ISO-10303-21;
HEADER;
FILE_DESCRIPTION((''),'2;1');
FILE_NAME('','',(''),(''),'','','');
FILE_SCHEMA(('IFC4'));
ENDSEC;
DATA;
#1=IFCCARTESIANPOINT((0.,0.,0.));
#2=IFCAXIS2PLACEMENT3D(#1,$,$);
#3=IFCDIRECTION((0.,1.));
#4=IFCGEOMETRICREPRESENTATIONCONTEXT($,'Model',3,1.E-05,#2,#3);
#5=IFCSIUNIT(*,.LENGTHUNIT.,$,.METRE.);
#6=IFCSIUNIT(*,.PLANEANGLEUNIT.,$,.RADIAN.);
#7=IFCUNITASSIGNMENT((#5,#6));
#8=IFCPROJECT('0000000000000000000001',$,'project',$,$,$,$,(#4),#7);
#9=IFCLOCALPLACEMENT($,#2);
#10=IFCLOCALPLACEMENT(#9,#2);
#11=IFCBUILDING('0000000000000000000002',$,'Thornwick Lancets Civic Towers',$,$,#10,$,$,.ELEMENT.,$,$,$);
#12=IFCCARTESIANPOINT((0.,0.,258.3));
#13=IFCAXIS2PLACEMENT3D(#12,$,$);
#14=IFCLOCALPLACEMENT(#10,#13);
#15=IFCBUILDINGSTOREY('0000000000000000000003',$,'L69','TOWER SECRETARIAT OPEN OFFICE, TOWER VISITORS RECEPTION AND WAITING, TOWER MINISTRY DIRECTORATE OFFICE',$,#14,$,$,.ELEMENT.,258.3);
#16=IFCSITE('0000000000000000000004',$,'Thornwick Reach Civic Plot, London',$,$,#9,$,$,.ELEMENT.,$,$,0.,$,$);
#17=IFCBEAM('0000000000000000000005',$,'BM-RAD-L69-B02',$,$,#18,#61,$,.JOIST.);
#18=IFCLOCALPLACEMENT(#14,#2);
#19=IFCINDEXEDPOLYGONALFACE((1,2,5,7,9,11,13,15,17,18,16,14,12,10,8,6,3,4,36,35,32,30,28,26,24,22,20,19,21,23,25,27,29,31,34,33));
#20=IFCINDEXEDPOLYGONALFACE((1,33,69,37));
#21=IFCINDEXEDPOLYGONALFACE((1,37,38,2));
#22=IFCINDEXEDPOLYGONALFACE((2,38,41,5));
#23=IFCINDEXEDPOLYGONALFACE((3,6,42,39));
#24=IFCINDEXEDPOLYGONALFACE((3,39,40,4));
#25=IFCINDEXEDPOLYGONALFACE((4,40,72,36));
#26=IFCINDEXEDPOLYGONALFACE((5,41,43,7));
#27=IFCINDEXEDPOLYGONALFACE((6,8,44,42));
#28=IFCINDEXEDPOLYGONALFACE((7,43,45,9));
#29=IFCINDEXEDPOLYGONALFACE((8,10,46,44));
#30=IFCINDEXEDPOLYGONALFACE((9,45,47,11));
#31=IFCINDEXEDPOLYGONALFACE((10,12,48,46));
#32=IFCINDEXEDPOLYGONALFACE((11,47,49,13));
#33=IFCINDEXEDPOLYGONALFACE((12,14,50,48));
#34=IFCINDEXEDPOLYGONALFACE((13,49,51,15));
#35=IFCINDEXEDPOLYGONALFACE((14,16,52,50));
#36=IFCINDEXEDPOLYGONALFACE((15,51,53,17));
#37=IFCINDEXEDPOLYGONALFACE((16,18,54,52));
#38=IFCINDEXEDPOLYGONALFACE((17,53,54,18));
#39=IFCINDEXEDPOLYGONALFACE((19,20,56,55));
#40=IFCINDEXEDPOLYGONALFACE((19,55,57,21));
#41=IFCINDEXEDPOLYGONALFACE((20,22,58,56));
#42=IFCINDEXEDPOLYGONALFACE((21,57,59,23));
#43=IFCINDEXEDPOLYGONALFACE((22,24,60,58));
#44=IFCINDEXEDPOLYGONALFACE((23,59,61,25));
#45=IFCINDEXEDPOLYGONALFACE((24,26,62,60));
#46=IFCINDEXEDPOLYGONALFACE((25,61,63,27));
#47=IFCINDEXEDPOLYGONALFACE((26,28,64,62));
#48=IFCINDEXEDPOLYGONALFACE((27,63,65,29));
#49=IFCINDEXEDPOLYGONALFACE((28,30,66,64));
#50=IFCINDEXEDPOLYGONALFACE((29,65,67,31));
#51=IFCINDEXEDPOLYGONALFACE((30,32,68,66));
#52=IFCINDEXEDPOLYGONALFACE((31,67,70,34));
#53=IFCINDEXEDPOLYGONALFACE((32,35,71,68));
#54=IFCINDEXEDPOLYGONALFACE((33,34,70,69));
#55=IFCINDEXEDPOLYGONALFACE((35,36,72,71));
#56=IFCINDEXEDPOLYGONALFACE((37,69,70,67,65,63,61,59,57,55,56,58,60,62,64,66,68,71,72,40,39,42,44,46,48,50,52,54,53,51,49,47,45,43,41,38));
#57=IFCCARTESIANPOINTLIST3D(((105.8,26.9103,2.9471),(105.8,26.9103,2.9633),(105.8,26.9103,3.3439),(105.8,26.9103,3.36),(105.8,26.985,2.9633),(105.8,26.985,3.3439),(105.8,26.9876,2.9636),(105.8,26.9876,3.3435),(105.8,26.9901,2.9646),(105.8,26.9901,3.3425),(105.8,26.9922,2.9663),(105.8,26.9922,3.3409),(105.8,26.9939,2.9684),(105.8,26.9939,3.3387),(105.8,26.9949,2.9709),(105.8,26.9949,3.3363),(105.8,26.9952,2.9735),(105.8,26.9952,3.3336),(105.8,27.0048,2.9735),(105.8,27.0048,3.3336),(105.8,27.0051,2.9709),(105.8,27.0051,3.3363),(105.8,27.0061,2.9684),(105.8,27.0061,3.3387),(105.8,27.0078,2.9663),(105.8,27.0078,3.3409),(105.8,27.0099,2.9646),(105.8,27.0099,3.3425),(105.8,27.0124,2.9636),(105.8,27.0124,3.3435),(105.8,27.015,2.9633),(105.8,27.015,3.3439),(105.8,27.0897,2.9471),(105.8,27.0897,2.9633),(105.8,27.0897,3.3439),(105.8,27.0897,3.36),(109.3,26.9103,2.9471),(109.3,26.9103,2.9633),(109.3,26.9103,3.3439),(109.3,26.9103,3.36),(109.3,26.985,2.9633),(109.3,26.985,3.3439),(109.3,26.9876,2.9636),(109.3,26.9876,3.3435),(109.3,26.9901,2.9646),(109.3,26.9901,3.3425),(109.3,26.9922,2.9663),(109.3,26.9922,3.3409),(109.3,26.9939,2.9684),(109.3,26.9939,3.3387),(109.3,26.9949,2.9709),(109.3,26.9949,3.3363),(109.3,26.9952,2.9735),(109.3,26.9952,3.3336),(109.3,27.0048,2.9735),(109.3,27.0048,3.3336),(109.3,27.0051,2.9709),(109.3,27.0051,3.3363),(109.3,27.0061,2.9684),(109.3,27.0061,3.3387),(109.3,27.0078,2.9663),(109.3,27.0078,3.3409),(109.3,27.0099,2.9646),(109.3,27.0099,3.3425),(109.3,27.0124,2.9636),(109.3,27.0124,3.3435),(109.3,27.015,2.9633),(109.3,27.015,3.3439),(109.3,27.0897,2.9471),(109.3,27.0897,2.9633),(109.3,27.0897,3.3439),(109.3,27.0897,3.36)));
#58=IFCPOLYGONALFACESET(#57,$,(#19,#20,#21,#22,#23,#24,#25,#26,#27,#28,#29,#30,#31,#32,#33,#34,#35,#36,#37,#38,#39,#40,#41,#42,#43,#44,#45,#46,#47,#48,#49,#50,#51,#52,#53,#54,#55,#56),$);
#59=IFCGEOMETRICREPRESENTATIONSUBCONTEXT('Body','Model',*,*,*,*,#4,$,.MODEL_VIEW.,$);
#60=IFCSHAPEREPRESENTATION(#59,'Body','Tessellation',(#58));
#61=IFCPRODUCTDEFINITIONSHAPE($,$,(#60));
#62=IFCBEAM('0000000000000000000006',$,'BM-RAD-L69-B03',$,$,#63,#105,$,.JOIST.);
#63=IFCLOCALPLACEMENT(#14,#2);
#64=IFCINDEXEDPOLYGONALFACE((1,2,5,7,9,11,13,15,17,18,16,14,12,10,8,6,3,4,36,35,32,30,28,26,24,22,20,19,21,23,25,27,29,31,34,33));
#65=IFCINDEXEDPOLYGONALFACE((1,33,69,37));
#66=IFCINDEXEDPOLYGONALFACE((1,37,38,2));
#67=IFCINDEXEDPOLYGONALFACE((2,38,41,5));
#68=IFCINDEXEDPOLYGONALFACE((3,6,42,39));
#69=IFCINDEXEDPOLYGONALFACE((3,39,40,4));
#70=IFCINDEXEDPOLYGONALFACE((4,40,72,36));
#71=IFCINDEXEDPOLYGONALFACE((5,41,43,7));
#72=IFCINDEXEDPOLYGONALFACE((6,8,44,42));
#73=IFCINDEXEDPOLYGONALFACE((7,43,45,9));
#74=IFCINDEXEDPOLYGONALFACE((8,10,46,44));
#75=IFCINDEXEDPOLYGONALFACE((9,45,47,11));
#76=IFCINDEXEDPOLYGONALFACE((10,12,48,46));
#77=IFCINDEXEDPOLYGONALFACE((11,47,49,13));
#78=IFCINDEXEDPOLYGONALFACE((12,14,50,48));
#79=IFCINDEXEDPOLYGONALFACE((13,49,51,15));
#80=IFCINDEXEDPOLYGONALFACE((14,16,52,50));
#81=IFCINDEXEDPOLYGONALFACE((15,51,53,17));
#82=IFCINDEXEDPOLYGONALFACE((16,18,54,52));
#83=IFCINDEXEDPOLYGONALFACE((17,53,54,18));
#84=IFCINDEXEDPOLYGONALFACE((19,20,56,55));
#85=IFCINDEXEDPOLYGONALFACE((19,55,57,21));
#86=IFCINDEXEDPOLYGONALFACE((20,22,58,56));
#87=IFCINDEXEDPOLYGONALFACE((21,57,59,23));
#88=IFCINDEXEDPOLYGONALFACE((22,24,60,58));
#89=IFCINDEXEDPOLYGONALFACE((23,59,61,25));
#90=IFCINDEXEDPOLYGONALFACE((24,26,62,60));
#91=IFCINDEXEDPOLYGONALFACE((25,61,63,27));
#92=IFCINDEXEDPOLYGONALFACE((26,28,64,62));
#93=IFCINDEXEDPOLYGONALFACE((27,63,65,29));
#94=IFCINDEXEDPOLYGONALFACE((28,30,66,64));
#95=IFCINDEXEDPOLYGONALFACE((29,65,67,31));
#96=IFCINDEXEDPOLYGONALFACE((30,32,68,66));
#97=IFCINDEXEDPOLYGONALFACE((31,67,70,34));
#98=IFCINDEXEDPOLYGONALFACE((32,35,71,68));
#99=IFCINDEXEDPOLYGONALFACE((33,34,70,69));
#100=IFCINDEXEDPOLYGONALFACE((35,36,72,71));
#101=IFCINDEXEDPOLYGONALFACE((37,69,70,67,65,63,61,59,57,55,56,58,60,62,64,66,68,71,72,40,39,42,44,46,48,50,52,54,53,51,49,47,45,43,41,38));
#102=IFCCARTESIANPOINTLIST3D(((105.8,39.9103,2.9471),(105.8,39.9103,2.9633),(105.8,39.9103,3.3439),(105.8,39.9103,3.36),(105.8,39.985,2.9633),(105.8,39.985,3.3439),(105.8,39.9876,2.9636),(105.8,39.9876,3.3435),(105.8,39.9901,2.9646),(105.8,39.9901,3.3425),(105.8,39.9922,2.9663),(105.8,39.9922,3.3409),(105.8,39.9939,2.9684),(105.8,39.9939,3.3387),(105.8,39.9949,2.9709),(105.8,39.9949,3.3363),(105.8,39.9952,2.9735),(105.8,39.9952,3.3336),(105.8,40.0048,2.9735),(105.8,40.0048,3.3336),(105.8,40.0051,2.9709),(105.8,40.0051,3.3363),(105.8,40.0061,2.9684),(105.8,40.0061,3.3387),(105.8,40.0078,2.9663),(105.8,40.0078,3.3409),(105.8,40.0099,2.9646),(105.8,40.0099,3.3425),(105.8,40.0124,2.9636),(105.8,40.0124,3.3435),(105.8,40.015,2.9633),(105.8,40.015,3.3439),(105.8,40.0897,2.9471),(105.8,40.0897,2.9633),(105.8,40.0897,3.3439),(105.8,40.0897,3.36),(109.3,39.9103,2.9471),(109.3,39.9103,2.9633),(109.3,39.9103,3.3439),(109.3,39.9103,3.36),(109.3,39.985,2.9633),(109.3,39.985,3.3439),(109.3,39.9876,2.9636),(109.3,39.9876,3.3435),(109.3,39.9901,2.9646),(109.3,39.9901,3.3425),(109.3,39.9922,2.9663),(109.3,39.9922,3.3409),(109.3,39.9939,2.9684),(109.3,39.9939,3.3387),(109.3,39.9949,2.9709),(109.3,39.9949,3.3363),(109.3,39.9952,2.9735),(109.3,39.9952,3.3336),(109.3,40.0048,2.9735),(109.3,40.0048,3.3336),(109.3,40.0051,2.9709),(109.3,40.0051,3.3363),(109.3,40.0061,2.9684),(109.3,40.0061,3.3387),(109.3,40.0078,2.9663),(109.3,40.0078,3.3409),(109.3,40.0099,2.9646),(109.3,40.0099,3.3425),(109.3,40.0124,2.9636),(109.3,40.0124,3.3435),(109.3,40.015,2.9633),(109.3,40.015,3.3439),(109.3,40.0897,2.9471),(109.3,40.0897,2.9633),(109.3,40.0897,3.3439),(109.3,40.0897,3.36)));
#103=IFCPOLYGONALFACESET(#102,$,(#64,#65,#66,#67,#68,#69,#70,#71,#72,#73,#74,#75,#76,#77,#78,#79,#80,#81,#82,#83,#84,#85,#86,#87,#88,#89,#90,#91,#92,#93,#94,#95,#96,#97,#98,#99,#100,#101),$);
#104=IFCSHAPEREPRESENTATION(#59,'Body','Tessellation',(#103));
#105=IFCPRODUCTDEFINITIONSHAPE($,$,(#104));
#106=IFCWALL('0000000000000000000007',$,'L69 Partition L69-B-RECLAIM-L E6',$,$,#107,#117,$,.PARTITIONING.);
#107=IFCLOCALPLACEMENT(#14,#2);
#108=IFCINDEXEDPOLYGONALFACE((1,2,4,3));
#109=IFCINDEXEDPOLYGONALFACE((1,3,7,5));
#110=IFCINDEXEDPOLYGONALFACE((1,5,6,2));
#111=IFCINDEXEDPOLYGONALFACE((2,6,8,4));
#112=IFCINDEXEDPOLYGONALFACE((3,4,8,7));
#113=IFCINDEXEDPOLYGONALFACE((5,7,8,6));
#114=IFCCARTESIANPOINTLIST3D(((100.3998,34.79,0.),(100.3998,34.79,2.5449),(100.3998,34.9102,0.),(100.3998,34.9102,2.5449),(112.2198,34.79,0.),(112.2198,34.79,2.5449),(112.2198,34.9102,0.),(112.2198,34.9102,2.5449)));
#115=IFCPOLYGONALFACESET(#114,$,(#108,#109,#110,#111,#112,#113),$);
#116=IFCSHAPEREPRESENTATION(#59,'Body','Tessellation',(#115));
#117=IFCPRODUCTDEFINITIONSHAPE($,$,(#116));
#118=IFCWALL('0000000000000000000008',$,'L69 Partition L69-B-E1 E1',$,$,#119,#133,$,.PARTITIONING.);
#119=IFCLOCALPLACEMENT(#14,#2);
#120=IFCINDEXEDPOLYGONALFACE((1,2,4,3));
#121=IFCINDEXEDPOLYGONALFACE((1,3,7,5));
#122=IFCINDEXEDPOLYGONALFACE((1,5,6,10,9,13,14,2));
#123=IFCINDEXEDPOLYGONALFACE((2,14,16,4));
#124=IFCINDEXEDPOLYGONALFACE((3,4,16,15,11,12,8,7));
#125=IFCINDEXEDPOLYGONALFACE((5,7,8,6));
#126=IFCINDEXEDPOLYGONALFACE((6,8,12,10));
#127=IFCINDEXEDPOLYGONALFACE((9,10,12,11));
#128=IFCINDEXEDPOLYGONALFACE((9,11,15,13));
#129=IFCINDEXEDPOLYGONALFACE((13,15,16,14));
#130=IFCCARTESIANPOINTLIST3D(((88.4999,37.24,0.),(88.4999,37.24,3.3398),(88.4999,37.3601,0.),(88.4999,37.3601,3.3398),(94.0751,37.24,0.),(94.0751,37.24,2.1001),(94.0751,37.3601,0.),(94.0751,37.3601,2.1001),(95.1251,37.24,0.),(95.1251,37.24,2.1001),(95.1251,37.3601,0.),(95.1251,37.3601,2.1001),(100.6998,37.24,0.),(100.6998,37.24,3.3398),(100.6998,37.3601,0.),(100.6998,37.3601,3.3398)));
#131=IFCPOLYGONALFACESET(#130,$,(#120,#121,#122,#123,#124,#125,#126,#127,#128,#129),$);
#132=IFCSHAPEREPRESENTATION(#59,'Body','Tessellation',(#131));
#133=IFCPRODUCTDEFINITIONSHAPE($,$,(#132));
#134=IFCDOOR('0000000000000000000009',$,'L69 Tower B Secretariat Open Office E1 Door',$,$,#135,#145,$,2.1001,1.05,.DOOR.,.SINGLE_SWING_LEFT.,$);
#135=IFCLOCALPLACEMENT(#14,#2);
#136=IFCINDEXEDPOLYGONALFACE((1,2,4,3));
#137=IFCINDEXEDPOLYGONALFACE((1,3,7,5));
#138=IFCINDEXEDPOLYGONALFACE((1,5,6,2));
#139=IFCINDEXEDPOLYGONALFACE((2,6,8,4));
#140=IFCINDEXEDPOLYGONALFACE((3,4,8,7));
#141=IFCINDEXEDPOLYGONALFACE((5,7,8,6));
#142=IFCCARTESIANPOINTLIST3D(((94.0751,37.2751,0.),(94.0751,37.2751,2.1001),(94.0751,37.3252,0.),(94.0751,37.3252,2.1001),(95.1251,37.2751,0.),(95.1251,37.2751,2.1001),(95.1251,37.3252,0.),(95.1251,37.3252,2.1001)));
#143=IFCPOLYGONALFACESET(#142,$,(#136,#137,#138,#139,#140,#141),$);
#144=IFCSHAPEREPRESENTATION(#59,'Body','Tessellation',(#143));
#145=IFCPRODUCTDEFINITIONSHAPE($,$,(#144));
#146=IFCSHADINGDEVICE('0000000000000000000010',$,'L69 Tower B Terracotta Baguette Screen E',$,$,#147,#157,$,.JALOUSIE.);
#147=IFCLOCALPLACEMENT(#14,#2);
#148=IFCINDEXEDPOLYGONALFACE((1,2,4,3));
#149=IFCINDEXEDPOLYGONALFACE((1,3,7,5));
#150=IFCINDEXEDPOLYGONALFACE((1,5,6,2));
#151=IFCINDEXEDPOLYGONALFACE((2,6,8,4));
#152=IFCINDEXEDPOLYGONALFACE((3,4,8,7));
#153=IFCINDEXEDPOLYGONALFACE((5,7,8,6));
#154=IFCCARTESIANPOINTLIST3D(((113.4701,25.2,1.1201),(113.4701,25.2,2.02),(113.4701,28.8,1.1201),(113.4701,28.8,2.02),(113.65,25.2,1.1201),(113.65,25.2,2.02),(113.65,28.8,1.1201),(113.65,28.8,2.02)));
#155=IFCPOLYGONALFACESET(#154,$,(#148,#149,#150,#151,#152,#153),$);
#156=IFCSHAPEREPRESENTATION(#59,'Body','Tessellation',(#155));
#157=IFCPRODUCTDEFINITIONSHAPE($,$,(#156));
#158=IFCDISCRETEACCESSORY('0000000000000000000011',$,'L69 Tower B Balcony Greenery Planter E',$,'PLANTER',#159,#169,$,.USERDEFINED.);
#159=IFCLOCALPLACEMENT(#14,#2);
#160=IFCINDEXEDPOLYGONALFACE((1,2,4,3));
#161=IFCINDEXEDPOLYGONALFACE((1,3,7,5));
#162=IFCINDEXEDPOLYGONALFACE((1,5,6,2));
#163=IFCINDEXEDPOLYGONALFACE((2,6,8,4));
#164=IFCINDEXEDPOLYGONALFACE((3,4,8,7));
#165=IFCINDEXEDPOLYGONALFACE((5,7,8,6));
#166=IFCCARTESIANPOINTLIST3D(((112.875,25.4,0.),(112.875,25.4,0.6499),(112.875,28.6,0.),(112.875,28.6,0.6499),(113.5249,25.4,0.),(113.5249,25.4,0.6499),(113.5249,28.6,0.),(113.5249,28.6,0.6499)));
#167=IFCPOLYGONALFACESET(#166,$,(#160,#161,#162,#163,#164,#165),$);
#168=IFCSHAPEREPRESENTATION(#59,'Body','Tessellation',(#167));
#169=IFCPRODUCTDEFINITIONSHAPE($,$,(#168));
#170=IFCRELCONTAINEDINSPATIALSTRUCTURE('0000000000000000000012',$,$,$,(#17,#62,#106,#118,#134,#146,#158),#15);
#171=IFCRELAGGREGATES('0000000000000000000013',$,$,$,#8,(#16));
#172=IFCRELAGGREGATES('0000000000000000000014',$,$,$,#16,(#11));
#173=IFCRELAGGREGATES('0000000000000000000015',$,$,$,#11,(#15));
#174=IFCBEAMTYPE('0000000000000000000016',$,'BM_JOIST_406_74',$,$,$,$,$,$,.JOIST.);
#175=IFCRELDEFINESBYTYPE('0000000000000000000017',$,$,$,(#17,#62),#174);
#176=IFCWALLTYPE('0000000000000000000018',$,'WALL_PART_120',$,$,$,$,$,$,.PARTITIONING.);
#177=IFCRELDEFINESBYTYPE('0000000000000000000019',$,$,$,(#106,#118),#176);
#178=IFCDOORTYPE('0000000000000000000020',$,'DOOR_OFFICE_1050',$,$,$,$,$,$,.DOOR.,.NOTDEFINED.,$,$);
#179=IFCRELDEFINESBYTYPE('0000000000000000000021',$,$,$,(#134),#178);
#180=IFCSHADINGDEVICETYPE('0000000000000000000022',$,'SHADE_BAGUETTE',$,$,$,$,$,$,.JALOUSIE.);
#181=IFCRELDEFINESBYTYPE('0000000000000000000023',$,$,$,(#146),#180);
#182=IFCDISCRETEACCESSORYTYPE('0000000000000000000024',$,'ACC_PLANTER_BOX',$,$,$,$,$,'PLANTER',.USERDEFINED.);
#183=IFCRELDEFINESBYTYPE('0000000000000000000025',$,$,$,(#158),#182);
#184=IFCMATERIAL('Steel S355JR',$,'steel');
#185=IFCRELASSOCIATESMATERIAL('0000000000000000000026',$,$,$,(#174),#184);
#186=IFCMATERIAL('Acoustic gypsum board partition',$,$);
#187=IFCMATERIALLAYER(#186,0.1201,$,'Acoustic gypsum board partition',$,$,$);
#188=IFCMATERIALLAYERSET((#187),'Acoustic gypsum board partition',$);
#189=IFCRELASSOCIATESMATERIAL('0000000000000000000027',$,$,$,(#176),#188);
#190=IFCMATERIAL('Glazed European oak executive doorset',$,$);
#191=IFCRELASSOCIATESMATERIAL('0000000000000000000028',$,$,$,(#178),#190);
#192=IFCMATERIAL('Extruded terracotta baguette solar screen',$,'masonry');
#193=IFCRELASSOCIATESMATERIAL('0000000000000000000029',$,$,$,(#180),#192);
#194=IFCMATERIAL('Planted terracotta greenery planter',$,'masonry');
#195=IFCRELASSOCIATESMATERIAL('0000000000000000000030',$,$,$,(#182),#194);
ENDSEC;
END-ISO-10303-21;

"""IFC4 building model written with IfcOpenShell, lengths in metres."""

from ifc_helpers import new_model, si_unit, direction, frame, frame_2d, origin, origin_2d, place, context, subcontext, project, spatial, rectangle, i_section, extrude, material, layer, layer_set, material_profile, profile_set, type_object, element, fill, save


model = new_model("IFC4")

# Units and contexts
model_context = context("Model", 3, precision=1e-05, world=origin(), true_north=direction((0.0, 1.0)))
body_context = subcontext(model_context, "Body", "Model", "MODEL_VIEW")
ifc_project = project(units=[si_unit("LENGTHUNIT", "METRE"), si_unit("PLANEANGLEUNIT", "RADIAN")], contexts=[model_context])

# Site, building, storey
site_placement = place(None, origin())
site = spatial("IfcSite", under=ifc_project, at=site_placement, Name="Thornwick Reach Civic Plot, London", CompositionType="ELEMENT", RefElevation=0.0)
building_placement = place(site_placement, origin())
building = spatial("IfcBuilding", under=site, at=building_placement, Name="Thornwick Lancets Civic Towers", CompositionType="ELEMENT")
storey_placement = place(building_placement, frame((0.0, 0.0, 258.3)))
storey = spatial("IfcBuildingStorey", under=building, at=storey_placement, Name="L69", Description="TOWER SECRETARIAT OPEN OFFICE, TOWER VISITORS RECEPTION AND WAITING, TOWER MINISTRY DIRECTORATE OFFICE", CompositionType="ELEMENT", Elevation=258.3)

# Shared definitions
ifc_material_1 = material(Name="Steel S355JR", Category="steel")

# Beams
ifc_material_profile_1 = material_profile(ifc_material_1, i_section(OverallWidth=0.1794, OverallDepth=0.4128, WebThickness=0.0095, FlangeThickness=0.0161, FilletRadius=0.0103, at=origin_2d()), Name="UKB 406x178x74")
ifc_profile_set_1 = profile_set([ifc_material_profile_1], Name="Steel S355JR")
beam_type_1 = type_object("IfcBeamType", Name="BM_JOIST_406_74", PredefinedType="JOIST", material=ifc_profile_set_1)
for number, where, z_axis, x_axis, name in (
    (1, (105.8, 27.0, 3.1536), (1.0, 0.0, 0.0), (0.0, 1.0, 0.0), "BM-RAD-L69-B02"),
    (2, (105.8, 40.0, 3.1536), (1.0, 0.0, 0.0), (0.0, 1.0, 0.0), "BM-RAD-L69-B03"),
):
    element("IfcBeam", number, at=place(storey_placement, frame(where, z_axis=z_axis, x_axis=x_axis)), inside=storey, type_object=beam_type_1, Name=name, PredefinedType="JOIST", context=body_context, shape_type="SweptSolid", body=[
        extrude(i_section(OverallWidth=0.1794, OverallDepth=0.4128, WebThickness=0.0095, FlangeThickness=0.0161, FilletRadius=0.0103, at=origin_2d()), origin(), (0.0, 0.0, 1.0), 3.5),
    ])

# Wall
ifc_material_2 = material(Name="Acoustic gypsum board partition")
ifc_layer = layer(ifc_material_2, 0.1201, Name="Acoustic gypsum board partition")
ifc_layer_set = layer_set([ifc_layer], Name="Acoustic gypsum board partition")
wall_type = type_object("IfcWallType", Name="WALL_PART_120", PredefinedType="PARTITIONING", material=ifc_layer_set)
wall_1_placement = place(storey_placement, frame((112.22, 34.8501, 0.0), z_axis=(0.0, 0.0, 1.0), x_axis=(-1.0, 0.0, 0.0)))
element("IfcWall", 3, at=wall_1_placement, inside=storey, type_object=wall_type, Name="L69 Partition L69-B-RECLAIM-L E6", PredefinedType="PARTITIONING", context=body_context, shape_type="SweptSolid", body=[
    extrude(rectangle(XDim=11.8201, YDim=0.1201, at=frame_2d((5.9102, 0.0))), origin(), (0.0, 0.0, 1.0), 2.5449),
])

# Wall, opening, door
wall_2_placement = place(storey_placement, frame((100.7, 37.3, 0.0), z_axis=(0.0, 0.0, 1.0), x_axis=(-1.0, 0.0, 0.0)))
wall_2 = element("IfcWall", 4, at=wall_2_placement, inside=storey, type_object=wall_type, Name="L69 Partition L69-B-E1 E1", PredefinedType="PARTITIONING", context=body_context, shape_type="SweptSolid", body=[
    extrude(rectangle(XDim=12.2, YDim=0.1201, at=frame_2d((6.1001, 0.0))), origin(), (0.0, 0.0, 1.0), 3.3398),
])
opening_placement = place(wall_2_placement, frame((5.575, 0.0, 0.0)))
opening = element("IfcOpeningElement", 5, at=opening_placement, cuts=wall_2, PredefinedType="OPENING", context=body_context, shape_type="SweptSolid", body=[
    extrude(rectangle(XDim=1.05, YDim=2.1001, at=frame_2d((0.5249, 1.05))), frame((0.0, 0.0701, 0.0), z_axis=(0.0, -1.0, 0.0), x_axis=(1.0, 0.0, 0.0)), (0.0, 0.0, 1.0), 0.1401),
])
ifc_material_3 = material(Name="Glazed European oak executive doorset")
door_type = type_object("IfcDoorType", Name="DOOR_OFFICE_1050", OperationType="NOTDEFINED", PredefinedType="DOOR", material=ifc_material_3)
door_placement = place(opening_placement, origin())
door = element("IfcDoor", 6, at=door_placement, inside=storey, type_object=door_type, Name="L69 Tower B Secretariat Open Office E1 Door", OperationType="SINGLE_SWING_LEFT", OverallHeight=2.1001, OverallWidth=1.05, PredefinedType="DOOR", context=body_context, shape_type="SweptSolid", body=[
    extrude(rectangle(XDim=1.05, YDim=2.1001, at=frame_2d((0.5249, 1.05))), frame((0.0, 0.0249, 0.0), z_axis=(0.0, -1.0, 0.0), x_axis=(1.0, 0.0, 0.0)), (0.0, 0.0, 1.0), 0.05),
])
fill(opening, door)

# Shading device
ifc_material_4 = material(Name="Extruded terracotta baguette solar screen", Category="masonry")
shading_device_type = type_object("IfcShadingDeviceType", Name="SHADE_BAGUETTE", PredefinedType="JALOUSIE", material=ifc_material_4)
shading_device_placement = place(storey_placement, frame((113.5601, 27.0, 1.1201), z_axis=(0.0, 0.0, 1.0), x_axis=(0.0, 1.0, 0.0)))
element("IfcShadingDevice", 7, at=shading_device_placement, inside=storey, type_object=shading_device_type, Name="L69 Tower B Terracotta Baguette Screen E", PredefinedType="JALOUSIE", context=body_context, shape_type="SweptSolid", body=[
    extrude(rectangle(XDim=3.6001, YDim=0.1799, at=origin_2d()), origin(), (0.0, 0.0, 1.0), 0.8999),
])

# Discrete accessory
ifc_material_5 = material(Name="Planted terracotta greenery planter", Category="masonry")
discrete_accessory_type = type_object("IfcDiscreteAccessoryType", Name="ACC_PLANTER_BOX", ElementType="PLANTER", PredefinedType="USERDEFINED", material=ifc_material_5)
discrete_accessory_placement = place(storey_placement, frame((113.2, 27.0, 0.0), z_axis=(0.0, 0.0, 1.0), x_axis=(1.0, 0.0, 0.0)))
element("IfcDiscreteAccessory", 8, at=discrete_accessory_placement, inside=storey, type_object=discrete_accessory_type, Name="L69 Tower B Balcony Greenery Planter E", ObjectType="PLANTER", PredefinedType="USERDEFINED", context=body_context, shape_type="SweptSolid", body=[
    extrude(rectangle(XDim=0.6499, YDim=3.2, at=origin_2d()), origin(), (0.0, 0.0, 1.0), 0.6499),
])

save(model, "model.ifc")
